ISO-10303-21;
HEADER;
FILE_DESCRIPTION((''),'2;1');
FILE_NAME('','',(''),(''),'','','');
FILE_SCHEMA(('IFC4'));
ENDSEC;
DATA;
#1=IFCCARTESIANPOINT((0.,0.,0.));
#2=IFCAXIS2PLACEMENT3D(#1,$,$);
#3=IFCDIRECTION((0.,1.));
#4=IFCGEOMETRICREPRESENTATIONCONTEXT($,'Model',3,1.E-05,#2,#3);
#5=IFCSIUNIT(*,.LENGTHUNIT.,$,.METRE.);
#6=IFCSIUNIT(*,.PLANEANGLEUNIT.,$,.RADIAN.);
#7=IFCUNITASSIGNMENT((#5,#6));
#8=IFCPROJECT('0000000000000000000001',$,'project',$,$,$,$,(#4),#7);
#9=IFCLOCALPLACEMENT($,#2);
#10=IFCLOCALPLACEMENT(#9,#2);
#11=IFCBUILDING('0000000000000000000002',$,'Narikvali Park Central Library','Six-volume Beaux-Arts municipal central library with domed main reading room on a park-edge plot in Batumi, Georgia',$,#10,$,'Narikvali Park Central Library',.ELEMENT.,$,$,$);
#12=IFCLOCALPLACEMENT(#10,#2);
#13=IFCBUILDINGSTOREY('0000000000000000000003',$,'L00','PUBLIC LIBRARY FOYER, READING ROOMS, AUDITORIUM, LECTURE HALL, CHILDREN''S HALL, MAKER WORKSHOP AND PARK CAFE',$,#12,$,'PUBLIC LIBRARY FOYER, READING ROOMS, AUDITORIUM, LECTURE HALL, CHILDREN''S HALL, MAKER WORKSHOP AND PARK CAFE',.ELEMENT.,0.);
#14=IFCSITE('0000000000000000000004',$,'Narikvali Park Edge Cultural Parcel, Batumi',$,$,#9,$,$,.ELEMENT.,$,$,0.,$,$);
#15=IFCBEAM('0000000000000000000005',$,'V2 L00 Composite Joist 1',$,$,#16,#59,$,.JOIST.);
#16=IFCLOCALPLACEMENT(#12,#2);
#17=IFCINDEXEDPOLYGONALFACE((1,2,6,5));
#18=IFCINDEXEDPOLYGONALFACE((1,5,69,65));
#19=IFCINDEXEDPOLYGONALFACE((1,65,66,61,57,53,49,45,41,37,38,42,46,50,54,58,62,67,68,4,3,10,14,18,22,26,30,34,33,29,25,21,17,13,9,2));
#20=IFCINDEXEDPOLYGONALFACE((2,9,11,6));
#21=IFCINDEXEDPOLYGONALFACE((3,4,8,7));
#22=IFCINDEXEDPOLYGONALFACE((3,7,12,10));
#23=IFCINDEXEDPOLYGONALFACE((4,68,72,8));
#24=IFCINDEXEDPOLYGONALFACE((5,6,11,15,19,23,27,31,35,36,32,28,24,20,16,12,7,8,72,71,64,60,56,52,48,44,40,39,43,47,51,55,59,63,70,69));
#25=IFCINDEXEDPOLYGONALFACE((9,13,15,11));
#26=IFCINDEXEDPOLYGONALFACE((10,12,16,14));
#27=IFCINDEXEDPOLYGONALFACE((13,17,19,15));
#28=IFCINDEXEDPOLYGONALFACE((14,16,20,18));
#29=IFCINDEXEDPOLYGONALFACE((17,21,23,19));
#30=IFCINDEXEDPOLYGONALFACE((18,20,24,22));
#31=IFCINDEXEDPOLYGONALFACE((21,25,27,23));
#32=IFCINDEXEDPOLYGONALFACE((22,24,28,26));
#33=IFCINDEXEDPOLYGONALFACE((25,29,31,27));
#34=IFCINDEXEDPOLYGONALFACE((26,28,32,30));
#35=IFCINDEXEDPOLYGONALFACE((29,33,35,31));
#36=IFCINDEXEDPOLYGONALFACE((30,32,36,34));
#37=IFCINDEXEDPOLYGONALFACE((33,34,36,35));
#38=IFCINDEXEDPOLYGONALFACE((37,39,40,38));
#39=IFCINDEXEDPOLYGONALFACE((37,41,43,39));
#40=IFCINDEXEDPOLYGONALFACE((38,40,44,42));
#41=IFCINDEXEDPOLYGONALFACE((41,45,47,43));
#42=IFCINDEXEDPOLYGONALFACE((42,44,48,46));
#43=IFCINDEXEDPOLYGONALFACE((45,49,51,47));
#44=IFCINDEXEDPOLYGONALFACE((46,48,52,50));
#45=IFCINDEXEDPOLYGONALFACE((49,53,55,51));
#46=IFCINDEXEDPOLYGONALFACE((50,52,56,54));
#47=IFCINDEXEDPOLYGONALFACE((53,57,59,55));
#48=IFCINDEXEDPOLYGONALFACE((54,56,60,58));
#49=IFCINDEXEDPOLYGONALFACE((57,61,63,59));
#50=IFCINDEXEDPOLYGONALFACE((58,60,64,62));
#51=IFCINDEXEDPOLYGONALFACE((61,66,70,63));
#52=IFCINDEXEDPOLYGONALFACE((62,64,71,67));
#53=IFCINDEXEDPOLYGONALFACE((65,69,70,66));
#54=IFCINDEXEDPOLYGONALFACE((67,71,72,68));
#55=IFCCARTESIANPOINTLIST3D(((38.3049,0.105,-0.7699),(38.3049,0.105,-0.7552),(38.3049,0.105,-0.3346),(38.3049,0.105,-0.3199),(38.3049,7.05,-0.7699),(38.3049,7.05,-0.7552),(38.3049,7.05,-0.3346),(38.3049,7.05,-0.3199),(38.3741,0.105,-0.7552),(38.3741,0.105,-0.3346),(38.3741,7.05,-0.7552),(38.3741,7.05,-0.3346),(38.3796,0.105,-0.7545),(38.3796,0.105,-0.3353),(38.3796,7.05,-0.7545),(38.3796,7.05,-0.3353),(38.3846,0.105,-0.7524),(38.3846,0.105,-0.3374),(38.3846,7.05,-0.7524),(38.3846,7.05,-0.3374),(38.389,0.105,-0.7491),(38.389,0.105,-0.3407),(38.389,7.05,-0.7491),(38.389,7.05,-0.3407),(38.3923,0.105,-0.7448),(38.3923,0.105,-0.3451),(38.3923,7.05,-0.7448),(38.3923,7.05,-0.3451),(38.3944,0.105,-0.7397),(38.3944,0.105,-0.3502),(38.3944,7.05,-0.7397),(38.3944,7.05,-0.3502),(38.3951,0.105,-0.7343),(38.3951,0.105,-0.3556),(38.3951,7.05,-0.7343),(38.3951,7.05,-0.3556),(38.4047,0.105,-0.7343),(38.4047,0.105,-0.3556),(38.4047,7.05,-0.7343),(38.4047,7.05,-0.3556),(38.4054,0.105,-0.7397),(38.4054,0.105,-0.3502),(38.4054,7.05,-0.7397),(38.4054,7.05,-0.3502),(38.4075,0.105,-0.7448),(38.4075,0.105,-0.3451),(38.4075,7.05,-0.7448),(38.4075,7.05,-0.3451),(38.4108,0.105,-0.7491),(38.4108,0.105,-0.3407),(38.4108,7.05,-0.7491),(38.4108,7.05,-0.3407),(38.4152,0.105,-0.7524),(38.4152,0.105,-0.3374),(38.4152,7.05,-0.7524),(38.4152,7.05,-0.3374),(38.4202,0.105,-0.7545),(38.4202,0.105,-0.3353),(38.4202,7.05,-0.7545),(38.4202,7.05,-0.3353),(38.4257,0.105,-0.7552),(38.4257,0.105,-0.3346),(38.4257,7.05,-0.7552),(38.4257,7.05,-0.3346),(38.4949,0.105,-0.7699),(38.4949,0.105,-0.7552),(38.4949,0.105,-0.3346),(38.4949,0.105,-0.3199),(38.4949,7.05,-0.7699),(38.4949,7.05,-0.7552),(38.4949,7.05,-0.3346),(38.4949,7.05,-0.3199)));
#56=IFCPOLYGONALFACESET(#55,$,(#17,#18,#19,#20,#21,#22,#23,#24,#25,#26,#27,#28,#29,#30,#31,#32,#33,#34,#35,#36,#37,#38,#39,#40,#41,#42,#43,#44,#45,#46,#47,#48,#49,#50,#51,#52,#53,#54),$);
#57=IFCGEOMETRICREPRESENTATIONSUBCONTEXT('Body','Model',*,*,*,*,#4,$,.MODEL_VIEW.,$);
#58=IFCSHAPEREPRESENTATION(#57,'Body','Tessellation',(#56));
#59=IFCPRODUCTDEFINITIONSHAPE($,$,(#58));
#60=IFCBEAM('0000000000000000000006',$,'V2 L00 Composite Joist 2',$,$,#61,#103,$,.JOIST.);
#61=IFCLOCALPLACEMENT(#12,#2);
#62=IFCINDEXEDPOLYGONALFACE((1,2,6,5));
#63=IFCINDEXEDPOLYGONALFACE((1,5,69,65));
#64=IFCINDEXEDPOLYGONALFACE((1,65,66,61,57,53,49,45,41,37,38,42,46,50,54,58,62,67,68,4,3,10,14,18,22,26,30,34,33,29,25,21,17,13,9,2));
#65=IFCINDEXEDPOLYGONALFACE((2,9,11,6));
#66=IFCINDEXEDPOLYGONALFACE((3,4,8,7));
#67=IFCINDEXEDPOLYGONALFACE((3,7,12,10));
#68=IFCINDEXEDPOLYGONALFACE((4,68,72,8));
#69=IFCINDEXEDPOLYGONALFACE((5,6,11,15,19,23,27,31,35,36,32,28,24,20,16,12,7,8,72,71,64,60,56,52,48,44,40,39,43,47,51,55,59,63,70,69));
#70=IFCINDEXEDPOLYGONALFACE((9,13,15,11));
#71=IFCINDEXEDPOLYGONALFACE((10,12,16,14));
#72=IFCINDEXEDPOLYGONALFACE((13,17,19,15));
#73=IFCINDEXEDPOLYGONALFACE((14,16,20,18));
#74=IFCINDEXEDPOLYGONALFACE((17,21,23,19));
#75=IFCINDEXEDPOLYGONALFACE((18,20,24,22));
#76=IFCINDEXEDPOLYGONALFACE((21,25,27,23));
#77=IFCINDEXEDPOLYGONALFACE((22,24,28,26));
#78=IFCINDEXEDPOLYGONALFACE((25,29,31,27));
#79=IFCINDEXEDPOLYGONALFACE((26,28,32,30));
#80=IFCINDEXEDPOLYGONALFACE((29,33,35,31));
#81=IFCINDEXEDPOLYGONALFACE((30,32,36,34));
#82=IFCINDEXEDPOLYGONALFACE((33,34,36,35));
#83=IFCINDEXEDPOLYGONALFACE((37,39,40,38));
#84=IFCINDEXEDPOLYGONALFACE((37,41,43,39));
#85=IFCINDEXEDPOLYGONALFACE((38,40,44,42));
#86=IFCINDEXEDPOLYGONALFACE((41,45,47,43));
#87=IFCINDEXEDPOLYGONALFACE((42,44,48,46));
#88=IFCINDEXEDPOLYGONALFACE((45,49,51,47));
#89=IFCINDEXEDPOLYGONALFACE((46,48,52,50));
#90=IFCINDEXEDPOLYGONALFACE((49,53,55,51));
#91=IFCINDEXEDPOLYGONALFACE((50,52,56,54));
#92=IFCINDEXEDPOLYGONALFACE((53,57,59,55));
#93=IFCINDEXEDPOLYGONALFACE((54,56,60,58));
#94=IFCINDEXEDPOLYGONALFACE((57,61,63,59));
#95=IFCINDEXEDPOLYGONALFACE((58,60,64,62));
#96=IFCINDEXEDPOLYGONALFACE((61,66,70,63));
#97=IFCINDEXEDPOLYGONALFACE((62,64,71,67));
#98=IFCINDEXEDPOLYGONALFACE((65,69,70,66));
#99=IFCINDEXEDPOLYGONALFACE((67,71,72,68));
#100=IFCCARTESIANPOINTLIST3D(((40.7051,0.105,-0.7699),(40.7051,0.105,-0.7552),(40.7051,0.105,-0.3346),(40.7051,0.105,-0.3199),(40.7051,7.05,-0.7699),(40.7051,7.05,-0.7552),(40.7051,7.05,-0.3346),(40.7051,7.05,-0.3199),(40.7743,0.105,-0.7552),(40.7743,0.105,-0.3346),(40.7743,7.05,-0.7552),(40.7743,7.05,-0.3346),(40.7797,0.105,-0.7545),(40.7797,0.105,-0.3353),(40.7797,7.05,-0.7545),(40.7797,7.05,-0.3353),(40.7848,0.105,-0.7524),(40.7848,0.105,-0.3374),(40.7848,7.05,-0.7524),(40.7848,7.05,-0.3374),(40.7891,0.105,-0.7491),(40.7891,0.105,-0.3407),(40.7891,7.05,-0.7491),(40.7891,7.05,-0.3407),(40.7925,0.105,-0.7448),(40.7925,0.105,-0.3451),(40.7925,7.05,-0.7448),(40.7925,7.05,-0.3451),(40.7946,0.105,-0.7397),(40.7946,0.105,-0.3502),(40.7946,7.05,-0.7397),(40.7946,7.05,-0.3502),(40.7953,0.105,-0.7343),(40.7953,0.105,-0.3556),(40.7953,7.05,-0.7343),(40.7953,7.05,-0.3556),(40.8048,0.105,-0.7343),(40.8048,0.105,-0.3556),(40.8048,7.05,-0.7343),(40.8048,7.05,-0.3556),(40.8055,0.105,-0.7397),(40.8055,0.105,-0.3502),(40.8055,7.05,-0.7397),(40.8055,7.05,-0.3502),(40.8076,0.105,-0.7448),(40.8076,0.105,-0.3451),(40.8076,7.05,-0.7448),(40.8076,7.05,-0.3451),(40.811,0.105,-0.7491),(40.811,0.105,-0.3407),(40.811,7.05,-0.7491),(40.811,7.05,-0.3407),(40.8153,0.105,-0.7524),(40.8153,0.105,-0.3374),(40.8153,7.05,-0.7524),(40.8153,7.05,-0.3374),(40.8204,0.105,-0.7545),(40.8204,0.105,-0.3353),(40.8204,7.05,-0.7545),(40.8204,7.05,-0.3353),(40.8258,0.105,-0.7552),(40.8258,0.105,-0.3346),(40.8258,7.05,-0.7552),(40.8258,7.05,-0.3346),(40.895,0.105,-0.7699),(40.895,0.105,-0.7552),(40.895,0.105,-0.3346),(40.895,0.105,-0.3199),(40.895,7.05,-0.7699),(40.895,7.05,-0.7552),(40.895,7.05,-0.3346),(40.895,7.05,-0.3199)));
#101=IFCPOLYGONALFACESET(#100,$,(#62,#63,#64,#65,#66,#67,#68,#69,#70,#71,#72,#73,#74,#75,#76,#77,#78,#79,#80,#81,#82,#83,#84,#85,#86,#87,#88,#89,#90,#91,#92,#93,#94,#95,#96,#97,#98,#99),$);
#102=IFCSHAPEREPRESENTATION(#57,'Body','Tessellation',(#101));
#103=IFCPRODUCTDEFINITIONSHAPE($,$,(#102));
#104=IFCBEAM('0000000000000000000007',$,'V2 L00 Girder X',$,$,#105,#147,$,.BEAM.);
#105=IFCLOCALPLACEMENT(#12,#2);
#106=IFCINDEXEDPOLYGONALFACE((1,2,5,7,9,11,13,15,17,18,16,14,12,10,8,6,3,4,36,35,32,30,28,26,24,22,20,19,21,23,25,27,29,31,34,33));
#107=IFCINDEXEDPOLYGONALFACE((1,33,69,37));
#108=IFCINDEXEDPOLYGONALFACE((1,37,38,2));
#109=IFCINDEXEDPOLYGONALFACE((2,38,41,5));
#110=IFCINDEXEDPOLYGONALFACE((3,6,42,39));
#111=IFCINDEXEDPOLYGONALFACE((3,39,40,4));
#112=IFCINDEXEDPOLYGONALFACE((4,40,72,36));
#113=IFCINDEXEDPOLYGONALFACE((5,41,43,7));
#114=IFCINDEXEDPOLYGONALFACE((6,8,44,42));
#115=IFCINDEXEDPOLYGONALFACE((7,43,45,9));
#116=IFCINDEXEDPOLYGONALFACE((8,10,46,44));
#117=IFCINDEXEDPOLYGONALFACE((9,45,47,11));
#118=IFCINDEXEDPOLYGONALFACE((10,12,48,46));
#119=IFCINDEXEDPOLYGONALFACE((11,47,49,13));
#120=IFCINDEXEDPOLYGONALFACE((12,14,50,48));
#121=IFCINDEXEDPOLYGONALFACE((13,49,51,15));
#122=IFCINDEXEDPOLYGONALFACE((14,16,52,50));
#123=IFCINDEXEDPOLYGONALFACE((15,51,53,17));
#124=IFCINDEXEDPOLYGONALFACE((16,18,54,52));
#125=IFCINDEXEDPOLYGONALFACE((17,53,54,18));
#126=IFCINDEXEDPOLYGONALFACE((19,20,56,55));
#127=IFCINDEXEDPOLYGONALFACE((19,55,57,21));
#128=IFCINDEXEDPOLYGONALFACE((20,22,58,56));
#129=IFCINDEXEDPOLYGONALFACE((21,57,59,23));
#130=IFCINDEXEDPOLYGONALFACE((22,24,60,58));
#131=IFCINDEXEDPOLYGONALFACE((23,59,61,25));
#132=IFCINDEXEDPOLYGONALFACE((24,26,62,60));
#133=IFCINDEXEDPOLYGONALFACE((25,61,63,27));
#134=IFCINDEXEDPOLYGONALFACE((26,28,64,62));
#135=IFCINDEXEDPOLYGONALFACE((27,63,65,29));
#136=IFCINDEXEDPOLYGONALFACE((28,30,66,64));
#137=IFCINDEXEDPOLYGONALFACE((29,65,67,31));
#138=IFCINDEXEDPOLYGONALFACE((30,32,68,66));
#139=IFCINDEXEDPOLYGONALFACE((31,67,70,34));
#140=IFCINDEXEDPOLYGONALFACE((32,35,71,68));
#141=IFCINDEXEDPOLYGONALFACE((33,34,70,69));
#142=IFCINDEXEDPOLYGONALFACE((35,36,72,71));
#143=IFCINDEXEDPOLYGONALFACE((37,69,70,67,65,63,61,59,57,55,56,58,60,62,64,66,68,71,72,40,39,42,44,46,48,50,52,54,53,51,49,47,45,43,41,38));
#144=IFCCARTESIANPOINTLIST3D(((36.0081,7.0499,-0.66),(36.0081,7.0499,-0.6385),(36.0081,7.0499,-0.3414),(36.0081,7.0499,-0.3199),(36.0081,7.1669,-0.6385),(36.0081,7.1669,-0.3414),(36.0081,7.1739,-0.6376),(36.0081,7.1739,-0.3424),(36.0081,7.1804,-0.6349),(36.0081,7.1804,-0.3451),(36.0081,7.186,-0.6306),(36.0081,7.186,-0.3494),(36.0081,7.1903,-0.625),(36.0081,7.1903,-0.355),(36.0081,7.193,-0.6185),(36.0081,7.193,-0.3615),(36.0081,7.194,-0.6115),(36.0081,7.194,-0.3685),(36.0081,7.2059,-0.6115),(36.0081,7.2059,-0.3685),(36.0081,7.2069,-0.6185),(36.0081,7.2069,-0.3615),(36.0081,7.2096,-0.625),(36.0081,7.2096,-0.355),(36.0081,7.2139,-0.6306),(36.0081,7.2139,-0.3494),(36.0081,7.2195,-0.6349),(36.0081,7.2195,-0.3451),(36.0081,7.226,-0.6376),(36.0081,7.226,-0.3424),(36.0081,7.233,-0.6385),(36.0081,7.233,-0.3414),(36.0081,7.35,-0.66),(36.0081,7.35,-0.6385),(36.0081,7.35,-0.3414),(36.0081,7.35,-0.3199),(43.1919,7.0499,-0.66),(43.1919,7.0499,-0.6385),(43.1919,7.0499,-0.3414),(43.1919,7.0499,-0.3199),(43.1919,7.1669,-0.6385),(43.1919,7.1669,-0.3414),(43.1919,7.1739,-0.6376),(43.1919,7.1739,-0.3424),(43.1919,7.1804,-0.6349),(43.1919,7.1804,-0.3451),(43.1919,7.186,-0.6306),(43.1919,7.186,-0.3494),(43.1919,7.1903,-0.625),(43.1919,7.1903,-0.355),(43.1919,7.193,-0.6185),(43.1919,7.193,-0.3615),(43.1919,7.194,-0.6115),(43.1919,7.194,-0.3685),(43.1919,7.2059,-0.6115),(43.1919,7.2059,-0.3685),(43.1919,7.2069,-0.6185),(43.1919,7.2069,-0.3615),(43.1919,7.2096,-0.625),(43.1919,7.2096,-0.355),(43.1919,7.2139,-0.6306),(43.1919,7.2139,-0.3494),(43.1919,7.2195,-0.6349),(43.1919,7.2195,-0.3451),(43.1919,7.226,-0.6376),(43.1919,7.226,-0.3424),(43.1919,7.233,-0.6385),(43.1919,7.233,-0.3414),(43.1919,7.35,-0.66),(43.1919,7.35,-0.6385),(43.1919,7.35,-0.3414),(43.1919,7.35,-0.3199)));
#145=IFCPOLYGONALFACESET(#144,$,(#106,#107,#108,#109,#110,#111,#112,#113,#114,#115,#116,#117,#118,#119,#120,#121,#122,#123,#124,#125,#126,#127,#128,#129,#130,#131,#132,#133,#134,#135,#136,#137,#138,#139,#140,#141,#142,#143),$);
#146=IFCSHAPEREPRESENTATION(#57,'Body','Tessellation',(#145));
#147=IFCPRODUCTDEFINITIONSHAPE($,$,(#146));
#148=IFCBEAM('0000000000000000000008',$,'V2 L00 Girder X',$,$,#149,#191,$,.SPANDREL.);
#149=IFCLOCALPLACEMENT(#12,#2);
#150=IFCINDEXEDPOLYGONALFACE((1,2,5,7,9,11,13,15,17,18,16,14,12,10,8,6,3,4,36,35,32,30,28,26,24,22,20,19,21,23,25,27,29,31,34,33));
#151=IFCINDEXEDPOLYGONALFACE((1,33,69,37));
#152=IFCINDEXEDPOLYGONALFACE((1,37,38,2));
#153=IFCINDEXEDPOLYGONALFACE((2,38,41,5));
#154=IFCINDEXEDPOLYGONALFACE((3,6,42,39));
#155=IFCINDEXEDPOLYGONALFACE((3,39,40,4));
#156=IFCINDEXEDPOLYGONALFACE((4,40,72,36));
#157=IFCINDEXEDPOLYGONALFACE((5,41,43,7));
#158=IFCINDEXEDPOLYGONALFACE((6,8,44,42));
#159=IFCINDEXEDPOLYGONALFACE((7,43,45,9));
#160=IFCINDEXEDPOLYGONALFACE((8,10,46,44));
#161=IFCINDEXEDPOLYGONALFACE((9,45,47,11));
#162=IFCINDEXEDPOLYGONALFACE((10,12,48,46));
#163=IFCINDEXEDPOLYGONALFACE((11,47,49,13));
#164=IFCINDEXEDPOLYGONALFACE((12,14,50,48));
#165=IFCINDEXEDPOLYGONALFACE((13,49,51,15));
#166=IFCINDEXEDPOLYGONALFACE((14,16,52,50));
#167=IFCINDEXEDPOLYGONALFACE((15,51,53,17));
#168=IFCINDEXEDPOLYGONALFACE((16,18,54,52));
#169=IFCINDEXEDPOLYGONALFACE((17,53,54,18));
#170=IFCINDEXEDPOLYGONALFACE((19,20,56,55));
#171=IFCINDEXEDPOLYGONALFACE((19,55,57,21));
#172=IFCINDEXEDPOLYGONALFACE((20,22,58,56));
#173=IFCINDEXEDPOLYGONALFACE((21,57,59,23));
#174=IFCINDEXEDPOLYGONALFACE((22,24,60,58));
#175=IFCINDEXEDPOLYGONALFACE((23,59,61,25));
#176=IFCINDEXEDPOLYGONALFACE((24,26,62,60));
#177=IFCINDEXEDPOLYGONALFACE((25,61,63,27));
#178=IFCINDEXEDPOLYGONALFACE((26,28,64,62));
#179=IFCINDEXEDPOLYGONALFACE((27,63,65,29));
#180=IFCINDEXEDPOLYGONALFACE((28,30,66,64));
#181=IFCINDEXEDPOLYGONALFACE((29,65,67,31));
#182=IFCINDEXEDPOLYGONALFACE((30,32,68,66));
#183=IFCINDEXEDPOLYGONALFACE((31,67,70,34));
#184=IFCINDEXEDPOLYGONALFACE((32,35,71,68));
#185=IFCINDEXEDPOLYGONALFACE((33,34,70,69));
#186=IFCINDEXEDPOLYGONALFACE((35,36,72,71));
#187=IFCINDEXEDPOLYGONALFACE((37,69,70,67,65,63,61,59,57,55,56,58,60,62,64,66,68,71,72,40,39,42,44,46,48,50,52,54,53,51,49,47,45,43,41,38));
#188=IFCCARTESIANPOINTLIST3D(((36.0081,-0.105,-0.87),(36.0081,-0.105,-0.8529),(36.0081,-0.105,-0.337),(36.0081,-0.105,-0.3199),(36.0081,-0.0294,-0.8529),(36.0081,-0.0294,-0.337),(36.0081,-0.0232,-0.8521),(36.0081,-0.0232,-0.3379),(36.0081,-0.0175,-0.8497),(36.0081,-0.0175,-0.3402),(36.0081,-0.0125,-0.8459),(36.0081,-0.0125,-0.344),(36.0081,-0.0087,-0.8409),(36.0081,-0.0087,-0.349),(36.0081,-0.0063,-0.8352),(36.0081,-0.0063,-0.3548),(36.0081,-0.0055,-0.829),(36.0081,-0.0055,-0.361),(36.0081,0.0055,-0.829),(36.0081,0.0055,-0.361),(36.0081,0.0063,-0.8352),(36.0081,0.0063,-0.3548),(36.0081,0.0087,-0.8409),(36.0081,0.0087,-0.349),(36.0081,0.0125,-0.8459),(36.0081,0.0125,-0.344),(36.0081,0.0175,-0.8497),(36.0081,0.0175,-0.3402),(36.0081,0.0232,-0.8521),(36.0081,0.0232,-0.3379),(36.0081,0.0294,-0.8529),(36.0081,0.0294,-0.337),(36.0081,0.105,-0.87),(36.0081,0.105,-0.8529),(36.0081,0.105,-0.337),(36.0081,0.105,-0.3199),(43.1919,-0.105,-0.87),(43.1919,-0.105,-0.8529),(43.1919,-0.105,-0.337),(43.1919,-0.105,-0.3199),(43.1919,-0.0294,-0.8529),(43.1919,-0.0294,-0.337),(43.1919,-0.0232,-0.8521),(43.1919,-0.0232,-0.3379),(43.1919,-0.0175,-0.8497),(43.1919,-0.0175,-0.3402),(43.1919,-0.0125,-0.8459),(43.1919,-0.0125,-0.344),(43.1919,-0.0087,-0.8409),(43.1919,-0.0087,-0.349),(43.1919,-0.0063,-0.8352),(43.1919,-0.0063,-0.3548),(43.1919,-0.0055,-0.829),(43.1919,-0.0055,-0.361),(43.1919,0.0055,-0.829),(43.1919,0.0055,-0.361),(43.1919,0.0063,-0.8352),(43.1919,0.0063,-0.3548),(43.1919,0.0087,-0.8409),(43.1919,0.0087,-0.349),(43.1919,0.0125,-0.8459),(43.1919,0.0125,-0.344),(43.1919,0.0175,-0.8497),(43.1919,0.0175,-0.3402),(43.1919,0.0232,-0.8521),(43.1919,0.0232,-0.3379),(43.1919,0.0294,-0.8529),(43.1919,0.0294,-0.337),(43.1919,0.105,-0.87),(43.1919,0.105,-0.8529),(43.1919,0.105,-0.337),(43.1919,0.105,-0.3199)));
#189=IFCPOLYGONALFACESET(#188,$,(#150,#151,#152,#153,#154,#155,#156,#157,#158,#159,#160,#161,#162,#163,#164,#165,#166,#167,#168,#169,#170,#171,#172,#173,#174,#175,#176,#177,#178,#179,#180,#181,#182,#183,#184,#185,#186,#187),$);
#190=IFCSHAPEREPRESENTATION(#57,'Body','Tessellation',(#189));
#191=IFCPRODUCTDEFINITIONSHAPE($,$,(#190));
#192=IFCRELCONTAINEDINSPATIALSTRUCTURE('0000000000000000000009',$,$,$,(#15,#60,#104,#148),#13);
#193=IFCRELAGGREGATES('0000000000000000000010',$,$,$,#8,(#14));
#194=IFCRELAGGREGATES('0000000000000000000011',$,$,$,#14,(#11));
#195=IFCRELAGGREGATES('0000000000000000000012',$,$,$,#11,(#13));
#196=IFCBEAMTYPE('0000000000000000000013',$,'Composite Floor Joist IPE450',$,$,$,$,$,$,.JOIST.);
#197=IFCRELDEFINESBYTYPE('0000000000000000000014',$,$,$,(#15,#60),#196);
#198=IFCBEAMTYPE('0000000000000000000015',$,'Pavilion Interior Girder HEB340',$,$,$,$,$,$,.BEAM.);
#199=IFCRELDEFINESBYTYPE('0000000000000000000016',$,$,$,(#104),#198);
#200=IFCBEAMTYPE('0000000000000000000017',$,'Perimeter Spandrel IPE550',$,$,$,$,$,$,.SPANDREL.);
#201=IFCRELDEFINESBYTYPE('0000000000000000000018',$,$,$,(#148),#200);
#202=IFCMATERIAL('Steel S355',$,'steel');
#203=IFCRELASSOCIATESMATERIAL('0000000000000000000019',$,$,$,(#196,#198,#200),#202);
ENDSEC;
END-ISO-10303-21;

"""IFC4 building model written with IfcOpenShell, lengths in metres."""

from ifc_helpers import new_model, si_unit, direction, frame, origin, origin_2d, place, context, subcontext, project, spatial, i_section, extrude, material, material_profile, profile_set, type_object, element, save


model = new_model("IFC4")

# Units and contexts
model_context = context("Model", 3, precision=1e-05, world=origin(), true_north=direction((0.0, 1.0)))
body_context = subcontext(model_context, "Body", "Model", "MODEL_VIEW")
ifc_project = project(units=[si_unit("LENGTHUNIT", "METRE"), si_unit("PLANEANGLEUNIT", "RADIAN")], contexts=[model_context])

# Site, building, storey
site_placement = place(None, origin())
site = spatial("IfcSite", under=ifc_project, at=site_placement, Name="Narikvali Park Edge Cultural Parcel, Batumi", CompositionType="ELEMENT", RefElevation=0.0)
building_placement = place(site_placement, origin())
building = spatial("IfcBuilding", under=site, at=building_placement, Name="Narikvali Park Central Library", Description="Six-volume Beaux-Arts municipal central library with domed main reading room on a park-edge plot in Batumi, Georgia", LongName="Narikvali Park Central Library", CompositionType="ELEMENT")
storey_placement = place(building_placement, origin())
storey = spatial("IfcBuildingStorey", under=building, at=storey_placement, Name="L00", Description="PUBLIC LIBRARY FOYER, READING ROOMS, AUDITORIUM, LECTURE HALL, CHILDREN'S HALL, MAKER WORKSHOP AND PARK CAFE", LongName="PUBLIC LIBRARY FOYER, READING ROOMS, AUDITORIUM, LECTURE HALL, CHILDREN'S HALL, MAKER WORKSHOP AND PARK CAFE", CompositionType="ELEMENT", Elevation=0.0)

# Shared definitions
ifc_material_1 = material(Name="Steel S355", Category="steel")

# Beams
ifc_material_profile_1 = material_profile(ifc_material_1, i_section(OverallWidth=0.1899, OverallDepth=0.45, WebThickness=0.0095, FlangeThickness=0.0146, FilletRadius=0.021, at=origin_2d()), Name="IPE 450")
ifc_profile_set_1 = profile_set([ifc_material_profile_1], Name="Steel S355")
beam_type_1 = type_object("IfcBeamType", Name="Composite Floor Joist IPE450", PredefinedType="JOIST", material=ifc_profile_set_1)
for number, where, z_axis, x_axis, name in (
    (1, (38.3999, 0.105, -0.5449), (0.0, 1.0, 0.0), (-1.0, 0.0, 0.0), "V2 L00 Composite Joist 1"),
    (2, (40.8, 0.105, -0.5449), (0.0, 1.0, 0.0), (-1.0, 0.0, 0.0), "V2 L00 Composite Joist 2"),
):
    element("IfcBeam", number, at=place(storey_placement, frame(where, z_axis=z_axis, x_axis=x_axis)), inside=storey, type_object=beam_type_1, Name=name, PredefinedType="JOIST", context=body_context, shape_type="SweptSolid", body=[
        extrude(i_section(OverallWidth=0.1899, OverallDepth=0.45, WebThickness=0.0095, FlangeThickness=0.0146, FilletRadius=0.021, at=origin_2d()), origin(), (0.0, 0.0, 1.0), 6.9451),
    ])
ifc_material_profile_2 = material_profile(ifc_material_1, i_section(OverallWidth=0.3, OverallDepth=0.3401, WebThickness=0.012, FlangeThickness=0.0215, FilletRadius=0.0271, at=origin_2d()), Name="HEB 340")
ifc_profile_set_2 = profile_set([ifc_material_profile_2], Name="Steel S355")
beam_type_2 = type_object("IfcBeamType", Name="Pavilion Interior Girder HEB340", PredefinedType="BEAM", material=ifc_profile_set_2)
beam_1_placement = place(storey_placement, frame((36.0081, 7.2, -0.49), z_axis=(1.0, 0.0, 0.0), x_axis=(0.0, 1.0, 0.0)))
element("IfcBeam", 3, at=beam_1_placement, inside=storey, type_object=beam_type_2, Name="V2 L00 Girder X", PredefinedType="BEAM", context=body_context, shape_type="SweptSolid", body=[
    extrude(i_section(OverallWidth=0.3, OverallDepth=0.3401, WebThickness=0.012, FlangeThickness=0.0215, FilletRadius=0.0271, at=origin_2d()), origin(), (0.0, 0.0, 1.0), 7.1838),
])
ifc_material_profile_3 = material_profile(ifc_material_1, i_section(OverallWidth=0.21, OverallDepth=0.55, WebThickness=0.011, FlangeThickness=0.0171, FilletRadius=0.0239, at=origin_2d()), Name="IPE 550")
ifc_profile_set_3 = profile_set([ifc_material_profile_3], Name="Steel S355")
beam_type_3 = type_object("IfcBeamType", Name="Perimeter Spandrel IPE550", PredefinedType="SPANDREL", material=ifc_profile_set_3)
for number, where, z_axis, x_axis, name in (
    (4, (36.0081, 0.0, -0.595), (1.0, 0.0, 0.0), (0.0, 1.0, 0.0), "V2 L00 Girder X"),
):
    element("IfcBeam", number, at=place(storey_placement, frame(where, z_axis=z_axis, x_axis=x_axis)), inside=storey, type_object=beam_type_3, Name=name, PredefinedType="SPANDREL", context=body_context, shape_type="SweptSolid", body=[
        extrude(i_section(OverallWidth=0.21, OverallDepth=0.55, WebThickness=0.011, FlangeThickness=0.0171, FilletRadius=0.0239, at=origin_2d()), origin(), (0.0, 0.0, 1.0), 7.1838),
    ])

save(model, "model.ifc")
